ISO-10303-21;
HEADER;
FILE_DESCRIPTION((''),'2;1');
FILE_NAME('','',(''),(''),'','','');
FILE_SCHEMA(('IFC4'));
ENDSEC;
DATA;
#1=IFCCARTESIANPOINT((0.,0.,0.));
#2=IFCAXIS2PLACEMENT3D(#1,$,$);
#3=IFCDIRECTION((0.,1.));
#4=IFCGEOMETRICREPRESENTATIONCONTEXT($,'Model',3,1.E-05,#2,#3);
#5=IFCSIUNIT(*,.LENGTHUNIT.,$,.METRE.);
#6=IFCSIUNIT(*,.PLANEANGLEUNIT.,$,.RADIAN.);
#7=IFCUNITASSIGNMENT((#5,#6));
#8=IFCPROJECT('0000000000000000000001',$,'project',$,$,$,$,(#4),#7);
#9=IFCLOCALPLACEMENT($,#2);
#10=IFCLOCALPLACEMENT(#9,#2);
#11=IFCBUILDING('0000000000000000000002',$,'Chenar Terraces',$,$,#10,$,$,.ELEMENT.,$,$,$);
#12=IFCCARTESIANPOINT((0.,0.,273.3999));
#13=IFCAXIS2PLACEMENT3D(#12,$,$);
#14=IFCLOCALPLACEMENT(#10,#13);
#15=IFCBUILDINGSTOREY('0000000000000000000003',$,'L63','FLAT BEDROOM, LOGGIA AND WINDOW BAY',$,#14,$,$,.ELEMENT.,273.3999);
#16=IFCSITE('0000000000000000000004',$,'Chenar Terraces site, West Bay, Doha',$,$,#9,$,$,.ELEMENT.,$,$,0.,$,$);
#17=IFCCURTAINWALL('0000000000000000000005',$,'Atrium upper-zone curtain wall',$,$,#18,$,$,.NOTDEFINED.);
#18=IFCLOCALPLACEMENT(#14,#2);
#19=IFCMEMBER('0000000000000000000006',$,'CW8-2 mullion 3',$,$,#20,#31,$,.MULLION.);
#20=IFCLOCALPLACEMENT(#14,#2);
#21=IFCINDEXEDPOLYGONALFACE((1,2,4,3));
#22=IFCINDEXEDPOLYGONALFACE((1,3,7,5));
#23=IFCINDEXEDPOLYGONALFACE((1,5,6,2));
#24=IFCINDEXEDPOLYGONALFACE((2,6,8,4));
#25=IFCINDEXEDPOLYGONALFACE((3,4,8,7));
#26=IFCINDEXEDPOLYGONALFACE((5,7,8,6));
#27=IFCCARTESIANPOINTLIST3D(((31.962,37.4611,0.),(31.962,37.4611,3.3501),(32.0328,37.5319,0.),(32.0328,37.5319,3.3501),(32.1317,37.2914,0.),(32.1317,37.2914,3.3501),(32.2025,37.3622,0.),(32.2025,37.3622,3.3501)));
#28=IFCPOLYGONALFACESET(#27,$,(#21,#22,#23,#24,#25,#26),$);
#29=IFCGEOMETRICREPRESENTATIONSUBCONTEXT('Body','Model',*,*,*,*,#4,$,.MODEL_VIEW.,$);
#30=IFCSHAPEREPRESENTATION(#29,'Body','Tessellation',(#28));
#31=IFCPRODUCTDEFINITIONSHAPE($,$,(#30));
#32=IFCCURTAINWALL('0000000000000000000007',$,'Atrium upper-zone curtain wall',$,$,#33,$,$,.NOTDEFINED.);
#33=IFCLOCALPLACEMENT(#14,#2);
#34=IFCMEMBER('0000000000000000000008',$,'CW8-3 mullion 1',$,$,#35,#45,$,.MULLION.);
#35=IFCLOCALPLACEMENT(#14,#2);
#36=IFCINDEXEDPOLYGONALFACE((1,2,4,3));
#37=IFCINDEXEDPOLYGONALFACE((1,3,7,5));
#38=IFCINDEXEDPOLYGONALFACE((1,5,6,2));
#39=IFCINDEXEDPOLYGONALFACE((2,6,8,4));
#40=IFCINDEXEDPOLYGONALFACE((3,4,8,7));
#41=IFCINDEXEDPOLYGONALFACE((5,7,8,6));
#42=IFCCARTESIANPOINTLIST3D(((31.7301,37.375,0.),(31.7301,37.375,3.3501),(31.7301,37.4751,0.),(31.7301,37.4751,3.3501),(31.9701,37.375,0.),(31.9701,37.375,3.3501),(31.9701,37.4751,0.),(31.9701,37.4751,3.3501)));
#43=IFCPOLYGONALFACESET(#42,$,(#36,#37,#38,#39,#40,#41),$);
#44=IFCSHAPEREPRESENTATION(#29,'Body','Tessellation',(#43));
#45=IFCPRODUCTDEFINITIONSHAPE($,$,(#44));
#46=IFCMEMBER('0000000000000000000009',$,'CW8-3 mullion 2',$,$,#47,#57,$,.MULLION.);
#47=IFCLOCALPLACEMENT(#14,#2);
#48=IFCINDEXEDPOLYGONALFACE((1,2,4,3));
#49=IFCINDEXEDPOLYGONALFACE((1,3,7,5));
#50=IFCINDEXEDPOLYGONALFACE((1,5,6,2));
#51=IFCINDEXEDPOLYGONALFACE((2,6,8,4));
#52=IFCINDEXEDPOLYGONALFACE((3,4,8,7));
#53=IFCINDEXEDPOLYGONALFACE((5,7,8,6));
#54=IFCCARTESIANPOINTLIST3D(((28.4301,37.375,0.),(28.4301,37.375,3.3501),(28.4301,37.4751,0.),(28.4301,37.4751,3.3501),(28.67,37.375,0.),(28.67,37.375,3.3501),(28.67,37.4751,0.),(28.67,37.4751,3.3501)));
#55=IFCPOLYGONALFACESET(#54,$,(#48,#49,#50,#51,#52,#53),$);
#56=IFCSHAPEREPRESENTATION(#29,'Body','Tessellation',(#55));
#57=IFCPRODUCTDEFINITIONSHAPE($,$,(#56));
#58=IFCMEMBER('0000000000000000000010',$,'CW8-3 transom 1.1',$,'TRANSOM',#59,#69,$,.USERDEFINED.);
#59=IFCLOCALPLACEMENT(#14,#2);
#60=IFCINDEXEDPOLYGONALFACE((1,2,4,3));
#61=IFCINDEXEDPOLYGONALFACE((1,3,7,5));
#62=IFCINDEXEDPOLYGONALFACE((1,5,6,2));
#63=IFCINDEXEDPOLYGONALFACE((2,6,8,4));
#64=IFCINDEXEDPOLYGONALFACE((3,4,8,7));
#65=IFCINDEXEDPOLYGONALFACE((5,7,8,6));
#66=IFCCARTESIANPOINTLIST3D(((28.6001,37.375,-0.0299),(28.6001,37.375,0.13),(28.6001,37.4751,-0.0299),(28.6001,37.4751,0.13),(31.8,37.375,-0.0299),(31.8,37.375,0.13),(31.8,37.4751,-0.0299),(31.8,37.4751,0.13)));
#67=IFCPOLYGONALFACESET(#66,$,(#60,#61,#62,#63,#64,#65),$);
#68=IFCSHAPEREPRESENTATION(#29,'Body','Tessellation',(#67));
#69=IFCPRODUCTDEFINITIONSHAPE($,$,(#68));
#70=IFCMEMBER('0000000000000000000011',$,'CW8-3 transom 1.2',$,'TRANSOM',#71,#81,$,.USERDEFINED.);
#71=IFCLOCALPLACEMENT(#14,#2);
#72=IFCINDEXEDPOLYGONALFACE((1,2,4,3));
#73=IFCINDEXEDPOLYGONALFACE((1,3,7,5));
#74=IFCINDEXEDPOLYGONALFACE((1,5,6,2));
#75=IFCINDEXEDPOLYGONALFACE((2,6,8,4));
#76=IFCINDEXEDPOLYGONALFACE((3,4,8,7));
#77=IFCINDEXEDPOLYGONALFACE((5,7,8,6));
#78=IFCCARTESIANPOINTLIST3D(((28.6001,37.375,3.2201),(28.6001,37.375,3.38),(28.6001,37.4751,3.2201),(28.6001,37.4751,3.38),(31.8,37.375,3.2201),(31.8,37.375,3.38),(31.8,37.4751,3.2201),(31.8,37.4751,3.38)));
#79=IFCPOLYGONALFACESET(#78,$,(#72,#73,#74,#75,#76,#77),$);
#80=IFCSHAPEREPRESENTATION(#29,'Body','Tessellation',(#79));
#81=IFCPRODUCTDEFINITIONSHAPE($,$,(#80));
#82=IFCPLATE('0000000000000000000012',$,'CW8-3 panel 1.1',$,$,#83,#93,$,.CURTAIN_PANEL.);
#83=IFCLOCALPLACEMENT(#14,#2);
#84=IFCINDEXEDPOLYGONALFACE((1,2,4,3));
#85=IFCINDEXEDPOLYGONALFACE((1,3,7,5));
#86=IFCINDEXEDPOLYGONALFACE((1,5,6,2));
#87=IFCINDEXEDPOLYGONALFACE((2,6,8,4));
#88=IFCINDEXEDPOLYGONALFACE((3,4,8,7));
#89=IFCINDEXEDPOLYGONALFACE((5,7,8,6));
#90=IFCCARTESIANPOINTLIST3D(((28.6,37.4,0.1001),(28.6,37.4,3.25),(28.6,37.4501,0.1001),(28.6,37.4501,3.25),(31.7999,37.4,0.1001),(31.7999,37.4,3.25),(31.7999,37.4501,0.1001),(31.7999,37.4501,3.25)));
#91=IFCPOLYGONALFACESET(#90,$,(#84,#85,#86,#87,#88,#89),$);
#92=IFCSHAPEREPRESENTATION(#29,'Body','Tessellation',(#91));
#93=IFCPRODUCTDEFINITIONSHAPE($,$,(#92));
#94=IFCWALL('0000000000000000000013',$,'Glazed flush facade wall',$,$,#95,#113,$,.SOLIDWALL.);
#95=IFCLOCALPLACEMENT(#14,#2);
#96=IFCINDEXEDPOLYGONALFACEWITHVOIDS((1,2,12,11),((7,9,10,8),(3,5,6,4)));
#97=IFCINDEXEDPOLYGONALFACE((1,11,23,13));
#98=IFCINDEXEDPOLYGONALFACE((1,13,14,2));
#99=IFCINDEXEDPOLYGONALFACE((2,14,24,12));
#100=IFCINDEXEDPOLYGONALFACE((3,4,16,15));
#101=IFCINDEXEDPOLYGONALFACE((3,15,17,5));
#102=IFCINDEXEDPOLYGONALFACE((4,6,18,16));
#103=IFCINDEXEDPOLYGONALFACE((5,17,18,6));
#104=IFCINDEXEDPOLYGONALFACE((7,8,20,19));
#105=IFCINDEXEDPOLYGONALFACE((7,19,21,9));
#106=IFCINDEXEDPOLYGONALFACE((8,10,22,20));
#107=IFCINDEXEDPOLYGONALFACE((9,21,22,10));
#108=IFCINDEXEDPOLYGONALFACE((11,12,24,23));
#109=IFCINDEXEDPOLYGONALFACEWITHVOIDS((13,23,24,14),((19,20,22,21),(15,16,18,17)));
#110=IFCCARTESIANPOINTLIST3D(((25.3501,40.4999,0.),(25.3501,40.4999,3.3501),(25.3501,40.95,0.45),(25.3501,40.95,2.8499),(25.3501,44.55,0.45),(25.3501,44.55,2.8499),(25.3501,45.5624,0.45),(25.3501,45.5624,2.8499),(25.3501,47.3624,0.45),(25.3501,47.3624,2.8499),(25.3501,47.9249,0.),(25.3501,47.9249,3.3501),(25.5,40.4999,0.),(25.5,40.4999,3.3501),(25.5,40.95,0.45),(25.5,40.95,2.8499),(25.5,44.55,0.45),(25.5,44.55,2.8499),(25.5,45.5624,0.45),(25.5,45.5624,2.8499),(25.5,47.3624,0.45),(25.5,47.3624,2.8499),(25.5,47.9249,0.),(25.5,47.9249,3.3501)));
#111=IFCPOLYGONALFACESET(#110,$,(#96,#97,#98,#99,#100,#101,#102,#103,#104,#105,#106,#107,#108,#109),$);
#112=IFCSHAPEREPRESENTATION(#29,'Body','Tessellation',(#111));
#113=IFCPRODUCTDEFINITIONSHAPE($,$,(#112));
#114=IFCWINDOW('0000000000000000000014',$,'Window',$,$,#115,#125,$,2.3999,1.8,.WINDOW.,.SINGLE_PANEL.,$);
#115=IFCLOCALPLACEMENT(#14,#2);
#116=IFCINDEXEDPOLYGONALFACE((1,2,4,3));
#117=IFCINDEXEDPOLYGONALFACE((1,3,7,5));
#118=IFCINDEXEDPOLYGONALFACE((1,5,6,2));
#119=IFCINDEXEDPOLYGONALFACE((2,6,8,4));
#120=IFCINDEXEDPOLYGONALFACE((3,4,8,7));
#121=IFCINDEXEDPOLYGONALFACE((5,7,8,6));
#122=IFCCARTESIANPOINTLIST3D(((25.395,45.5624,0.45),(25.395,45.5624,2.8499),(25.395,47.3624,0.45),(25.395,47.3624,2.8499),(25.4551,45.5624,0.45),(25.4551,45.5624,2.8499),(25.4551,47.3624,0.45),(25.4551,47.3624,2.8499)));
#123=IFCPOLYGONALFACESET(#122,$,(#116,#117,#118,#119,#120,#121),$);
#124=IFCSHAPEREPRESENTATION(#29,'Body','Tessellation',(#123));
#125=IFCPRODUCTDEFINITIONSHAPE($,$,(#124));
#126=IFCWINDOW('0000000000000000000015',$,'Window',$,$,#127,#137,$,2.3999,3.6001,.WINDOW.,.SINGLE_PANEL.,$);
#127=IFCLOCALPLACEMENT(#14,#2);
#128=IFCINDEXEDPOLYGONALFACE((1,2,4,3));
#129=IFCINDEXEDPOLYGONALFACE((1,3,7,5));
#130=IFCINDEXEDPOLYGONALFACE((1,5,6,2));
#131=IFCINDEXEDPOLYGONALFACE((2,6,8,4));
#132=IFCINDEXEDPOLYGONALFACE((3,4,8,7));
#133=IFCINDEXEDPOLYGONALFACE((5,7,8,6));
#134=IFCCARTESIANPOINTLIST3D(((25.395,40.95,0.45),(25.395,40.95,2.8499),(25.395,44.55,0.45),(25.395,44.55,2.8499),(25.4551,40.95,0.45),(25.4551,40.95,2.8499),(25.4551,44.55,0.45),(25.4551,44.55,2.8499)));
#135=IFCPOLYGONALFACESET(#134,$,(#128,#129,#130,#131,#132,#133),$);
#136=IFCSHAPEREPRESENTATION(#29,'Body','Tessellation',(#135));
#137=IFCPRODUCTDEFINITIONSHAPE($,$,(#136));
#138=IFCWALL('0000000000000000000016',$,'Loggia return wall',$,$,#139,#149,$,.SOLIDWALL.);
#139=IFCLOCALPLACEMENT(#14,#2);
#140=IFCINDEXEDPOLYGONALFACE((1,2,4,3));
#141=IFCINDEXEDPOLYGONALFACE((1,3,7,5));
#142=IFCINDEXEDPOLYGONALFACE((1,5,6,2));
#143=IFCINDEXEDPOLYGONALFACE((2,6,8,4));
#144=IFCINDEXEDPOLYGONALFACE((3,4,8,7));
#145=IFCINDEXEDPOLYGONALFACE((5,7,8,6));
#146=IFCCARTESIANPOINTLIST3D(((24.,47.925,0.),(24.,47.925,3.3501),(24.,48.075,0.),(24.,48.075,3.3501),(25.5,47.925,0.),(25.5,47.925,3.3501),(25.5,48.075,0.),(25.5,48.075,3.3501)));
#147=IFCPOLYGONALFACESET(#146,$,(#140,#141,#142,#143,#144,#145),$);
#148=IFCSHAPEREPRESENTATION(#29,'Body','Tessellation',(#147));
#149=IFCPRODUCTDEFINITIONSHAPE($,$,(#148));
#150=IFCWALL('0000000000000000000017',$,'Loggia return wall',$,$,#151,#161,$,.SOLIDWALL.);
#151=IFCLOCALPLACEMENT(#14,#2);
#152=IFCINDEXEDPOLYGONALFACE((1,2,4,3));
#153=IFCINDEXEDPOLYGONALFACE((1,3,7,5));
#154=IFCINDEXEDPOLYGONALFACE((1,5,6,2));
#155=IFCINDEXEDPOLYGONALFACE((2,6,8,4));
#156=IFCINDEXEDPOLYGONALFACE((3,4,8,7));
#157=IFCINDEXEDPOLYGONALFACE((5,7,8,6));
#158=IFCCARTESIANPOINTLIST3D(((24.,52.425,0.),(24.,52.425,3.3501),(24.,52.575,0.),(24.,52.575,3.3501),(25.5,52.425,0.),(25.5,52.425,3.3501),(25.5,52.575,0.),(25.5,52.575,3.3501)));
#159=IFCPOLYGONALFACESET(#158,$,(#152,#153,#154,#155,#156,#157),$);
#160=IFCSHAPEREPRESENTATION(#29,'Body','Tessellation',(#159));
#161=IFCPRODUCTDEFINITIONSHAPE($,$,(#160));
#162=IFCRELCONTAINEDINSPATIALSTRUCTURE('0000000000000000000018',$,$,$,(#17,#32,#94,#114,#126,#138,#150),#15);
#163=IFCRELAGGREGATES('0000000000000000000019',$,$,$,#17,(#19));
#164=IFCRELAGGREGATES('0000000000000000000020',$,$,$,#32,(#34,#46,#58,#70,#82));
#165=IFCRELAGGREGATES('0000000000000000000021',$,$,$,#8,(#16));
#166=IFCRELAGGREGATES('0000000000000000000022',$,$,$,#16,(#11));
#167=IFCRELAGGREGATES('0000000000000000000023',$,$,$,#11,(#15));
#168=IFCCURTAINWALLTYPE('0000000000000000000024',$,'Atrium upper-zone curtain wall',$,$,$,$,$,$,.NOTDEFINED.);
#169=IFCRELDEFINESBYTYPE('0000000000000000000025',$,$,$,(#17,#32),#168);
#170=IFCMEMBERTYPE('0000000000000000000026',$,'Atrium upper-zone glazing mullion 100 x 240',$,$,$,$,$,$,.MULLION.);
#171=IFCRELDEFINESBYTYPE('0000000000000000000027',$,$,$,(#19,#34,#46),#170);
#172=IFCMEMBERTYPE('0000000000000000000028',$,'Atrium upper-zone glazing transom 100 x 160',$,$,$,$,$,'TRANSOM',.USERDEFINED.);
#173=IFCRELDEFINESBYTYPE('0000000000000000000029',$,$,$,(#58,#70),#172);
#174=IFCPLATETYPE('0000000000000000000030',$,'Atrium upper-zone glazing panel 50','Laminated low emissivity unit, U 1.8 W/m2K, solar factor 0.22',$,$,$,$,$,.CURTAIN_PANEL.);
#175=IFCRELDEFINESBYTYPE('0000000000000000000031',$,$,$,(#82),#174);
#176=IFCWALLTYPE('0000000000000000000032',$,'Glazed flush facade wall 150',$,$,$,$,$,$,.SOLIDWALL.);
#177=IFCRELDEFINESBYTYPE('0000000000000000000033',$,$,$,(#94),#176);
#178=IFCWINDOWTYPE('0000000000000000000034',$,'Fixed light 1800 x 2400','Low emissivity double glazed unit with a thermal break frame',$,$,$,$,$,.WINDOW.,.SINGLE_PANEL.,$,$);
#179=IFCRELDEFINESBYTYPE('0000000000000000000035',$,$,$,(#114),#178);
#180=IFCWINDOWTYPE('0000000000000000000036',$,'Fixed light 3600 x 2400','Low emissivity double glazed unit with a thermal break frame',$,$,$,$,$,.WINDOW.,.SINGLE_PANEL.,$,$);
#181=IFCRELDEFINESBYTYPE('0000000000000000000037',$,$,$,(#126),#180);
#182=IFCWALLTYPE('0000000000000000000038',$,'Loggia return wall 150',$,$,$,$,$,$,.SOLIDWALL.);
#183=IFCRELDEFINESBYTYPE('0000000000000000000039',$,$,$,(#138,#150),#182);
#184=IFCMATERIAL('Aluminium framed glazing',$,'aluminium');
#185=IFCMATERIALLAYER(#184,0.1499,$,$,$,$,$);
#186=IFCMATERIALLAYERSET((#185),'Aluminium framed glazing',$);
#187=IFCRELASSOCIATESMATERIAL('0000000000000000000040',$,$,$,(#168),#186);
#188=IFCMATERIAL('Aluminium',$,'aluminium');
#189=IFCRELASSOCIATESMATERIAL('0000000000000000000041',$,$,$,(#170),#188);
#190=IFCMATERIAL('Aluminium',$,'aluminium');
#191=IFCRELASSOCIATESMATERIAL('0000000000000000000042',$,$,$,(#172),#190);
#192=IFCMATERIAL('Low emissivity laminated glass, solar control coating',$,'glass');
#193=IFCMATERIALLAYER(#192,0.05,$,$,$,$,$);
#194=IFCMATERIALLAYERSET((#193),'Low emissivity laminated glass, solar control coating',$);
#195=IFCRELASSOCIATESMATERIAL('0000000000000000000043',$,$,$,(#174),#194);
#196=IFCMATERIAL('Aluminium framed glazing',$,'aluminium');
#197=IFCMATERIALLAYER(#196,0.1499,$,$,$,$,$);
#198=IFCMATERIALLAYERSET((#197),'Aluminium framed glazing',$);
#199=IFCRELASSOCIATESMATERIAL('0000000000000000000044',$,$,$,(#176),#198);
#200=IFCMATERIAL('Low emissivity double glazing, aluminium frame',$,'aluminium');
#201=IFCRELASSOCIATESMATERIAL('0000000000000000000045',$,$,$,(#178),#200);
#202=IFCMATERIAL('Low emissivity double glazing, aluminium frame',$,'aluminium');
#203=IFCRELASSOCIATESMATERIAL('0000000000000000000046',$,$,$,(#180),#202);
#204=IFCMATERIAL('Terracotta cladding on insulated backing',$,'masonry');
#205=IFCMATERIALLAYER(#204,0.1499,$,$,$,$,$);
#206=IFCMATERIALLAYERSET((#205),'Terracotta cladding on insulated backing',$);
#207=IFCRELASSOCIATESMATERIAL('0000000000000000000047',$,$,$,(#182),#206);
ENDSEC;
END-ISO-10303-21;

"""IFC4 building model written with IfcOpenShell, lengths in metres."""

from ifc_helpers import new_model, si_unit, direction, frame, frame_2d, origin, origin_2d, place, context, subcontext, project, spatial, rectangle, extrude, material, layer, layer_set, material_profile, profile_set, type_object, element, fill, aggregate, save


model = new_model("IFC4")

# Units and contexts
model_context = context("Model", 3, precision=1e-05, world=origin(), true_north=direction((0.0, 1.0)))
body_context = subcontext(model_context, "Body", "Model", "MODEL_VIEW")
ifc_project = project(units=[si_unit("LENGTHUNIT", "METRE"), si_unit("PLANEANGLEUNIT", "RADIAN")], contexts=[model_context])

# Site, building, storey
site_placement = place(None, origin())
site = spatial("IfcSite", under=ifc_project, at=site_placement, Name="Chenar Terraces site, West Bay, Doha", CompositionType="ELEMENT", RefElevation=0.0)
building_placement = place(site_placement, origin())
building = spatial("IfcBuilding", under=site, at=building_placement, Name="Chenar Terraces", CompositionType="ELEMENT")
storey_placement = place(building_placement, frame((0.0, 0.0, 273.3999)))
storey = spatial("IfcBuildingStorey", under=building, at=storey_placement, Name="L63", Description="FLAT BEDROOM, LOGGIA AND WINDOW BAY", CompositionType="ELEMENT", Elevation=273.3999)

# Curtain wall, member
ifc_material_1 = material(Name="Aluminium framed glazing", Category="aluminium")
ifc_layer_1 = layer(ifc_material_1, 0.1499)
ifc_layer_set_1 = layer_set([ifc_layer_1], Name="Aluminium framed glazing")
curtain_wall_type = type_object("IfcCurtainWallType", Name="Atrium upper-zone curtain wall", PredefinedType="NOTDEFINED", material=ifc_layer_set_1)
placement = place(storey_placement, origin())
curtain_wall_1 = element("IfcCurtainWall", 1, at=placement, inside=storey, type_object=curtain_wall_type, Name="Atrium upper-zone curtain wall", PredefinedType="NOTDEFINED")
ifc_material_2 = material(Name="Aluminium", Category="aluminium")
ifc_material_profile_1 = material_profile(ifc_material_2, rectangle(XDim=0.1001, YDim=0.24, at=origin_2d()), Name="Atrium upper-zone glazing mullion 100 x 240")
ifc_profile_set_1 = profile_set([ifc_material_profile_1], Name="Aluminium")
member_type_1 = type_object("IfcMemberType", Name="Atrium upper-zone glazing mullion 100 x 240", PredefinedType="MULLION", material=ifc_profile_set_1)
member_1_placement = place(storey_placement, frame((32.0823, 37.4116, 0.0), z_axis=(0.0, 0.0, 1.0), x_axis=(-0.707107, -0.707107, 0.0)))
member_1 = element("IfcMember", 2, at=member_1_placement, type_object=member_type_1, Name="CW8-2 mullion 3", PredefinedType="MULLION", context=body_context, shape_type="SweptSolid", body=[
    extrude(rectangle(XDim=0.1001, YDim=0.24, at=origin_2d()), origin(), (0.0, 0.0, 1.0), 3.3501),
])
aggregate(curtain_wall_1, [member_1])

# Curtain wall, members, plate
curtain_wall_2 = element("IfcCurtainWall", 3, at=placement, inside=storey, type_object=curtain_wall_type, Name="Atrium upper-zone curtain wall", PredefinedType="NOTDEFINED")
member_2_placement = place(storey_placement, frame((31.8501, 37.425, 0.0), z_axis=(0.0, 0.0, 1.0), x_axis=(0.0, -1.0, 0.0)))
member_2 = element("IfcMember", 4, at=member_2_placement, type_object=member_type_1, Name="CW8-3 mullion 1", PredefinedType="MULLION", context=body_context, shape_type="SweptSolid", body=[
    extrude(rectangle(XDim=0.1001, YDim=0.24, at=origin_2d()), origin(), (0.0, 0.0, 1.0), 3.3501),
])
member_3_placement = place(storey_placement, frame((28.55, 37.425, 0.0), z_axis=(0.0, 0.0, 1.0), x_axis=(0.0, -1.0, 0.0)))
member_3 = element("IfcMember", 5, at=member_3_placement, type_object=member_type_1, Name="CW8-3 mullion 2", PredefinedType="MULLION", context=body_context, shape_type="SweptSolid", body=[
    extrude(rectangle(XDim=0.1001, YDim=0.24, at=origin_2d()), origin(), (0.0, 0.0, 1.0), 3.3501),
])
ifc_material_3 = material(Name="Aluminium", Category="aluminium")
ifc_material_profile_2 = material_profile(ifc_material_3, rectangle(XDim=0.1001, YDim=0.1599, at=origin_2d()), Name="Atrium upper-zone glazing transom 100 x 160")
ifc_profile_set_2 = profile_set([ifc_material_profile_2], Name="Aluminium")
member_type_2 = type_object("IfcMemberType", Name="Atrium upper-zone glazing transom 100 x 160", ElementType="TRANSOM", PredefinedType="USERDEFINED", material=ifc_profile_set_2)
member_4_placement = place(storey_placement, frame((31.8, 37.425, 0.05), z_axis=(-1.0, 0.0, 0.0), x_axis=(0.0, -1.0, 0.0)))
member_4 = element("IfcMember", 6, at=member_4_placement, type_object=member_type_2, Name="CW8-3 transom 1.1", ObjectType="TRANSOM", PredefinedType="USERDEFINED", context=body_context, shape_type="SweptSolid", body=[
    extrude(rectangle(XDim=0.1001, YDim=0.1599, at=origin_2d()), origin(), (0.0, 0.0, 1.0), 3.2),
])
member_5_placement = place(storey_placement, frame((31.8, 37.425, 3.3), z_axis=(-1.0, 0.0, 0.0), x_axis=(0.0, -1.0, 0.0)))
member_5 = element("IfcMember", 7, at=member_5_placement, type_object=member_type_2, Name="CW8-3 transom 1.2", ObjectType="TRANSOM", PredefinedType="USERDEFINED", context=body_context, shape_type="SweptSolid", body=[
    extrude(rectangle(XDim=0.1001, YDim=0.1599, at=origin_2d()), origin(), (0.0, 0.0, 1.0), 3.2),
])
ifc_material_4 = material(Name="Low emissivity laminated glass, solar control coating", Category="glass")
ifc_layer_2 = layer(ifc_material_4, 0.05)
ifc_layer_set_2 = layer_set([ifc_layer_2], Name="Low emissivity laminated glass, solar control coating")
plate_type = type_object("IfcPlateType", Name="Atrium upper-zone glazing panel 50", Description="Laminated low emissivity unit, U 1.8 W/m2K, solar factor 0.22", PredefinedType="CURTAIN_PANEL", material=ifc_layer_set_2)
plate_placement = place(storey_placement, frame((30.2, 37.425, 0.1001), z_axis=(0.0, 0.0, 1.0), x_axis=(-1.0, 0.0, 0.0)))
plate = element("IfcPlate", 8, at=plate_placement, type_object=plate_type, Name="CW8-3 panel 1.1", PredefinedType="CURTAIN_PANEL", context=body_context, shape_type="SweptSolid", body=[
    extrude(rectangle(XDim=3.2, YDim=0.05, at=origin_2d()), origin(), (0.0, 0.0, 1.0), 3.1499),
])
aggregate(curtain_wall_2, [member_2, member_3, member_4, member_5, plate])

# Wall, openings, windows
ifc_material_5 = material(Name="Aluminium framed glazing", Category="aluminium")
ifc_layer_3 = layer(ifc_material_5, 0.1499)
ifc_layer_set_3 = layer_set([ifc_layer_3], Name="Aluminium framed glazing")
wall_type_1 = type_object("IfcWallType", Name="Glazed flush facade wall 150", PredefinedType="SOLIDWALL", material=ifc_layer_set_3)
wall_1_placement = place(storey_placement, frame((25.425, 40.5, 0.0), z_axis=(0.0, 0.0, 1.0), x_axis=(0.0, 1.0, 0.0)))
wall_1 = element("IfcWall", 9, at=wall_1_placement, inside=storey, type_object=wall_type_1, Name="Glazed flush facade wall", PredefinedType="SOLIDWALL", context=body_context, shape_type="SweptSolid", body=[
    extrude(rectangle(XDim=7.425, YDim=0.1499, at=frame_2d((3.7124, 0.0))), origin(), (0.0, 0.0, 1.0), 3.3501),
])
opening_1_placement = place(wall_1_placement, frame((0.45, 0.0, 0.45)))
opening_1 = element("IfcOpeningElement", 10, at=opening_1_placement, cuts=wall_1, PredefinedType="OPENING", context=body_context, shape_type="SweptSolid", body=[
    extrude(rectangle(XDim=3.6001, YDim=2.3999, at=frame_2d((1.8, 1.2))), frame((0.0, 0.085, 0.0), z_axis=(0.0, -1.0, 0.0), x_axis=(1.0, 0.0, 0.0)), (0.0, 0.0, 1.0), 0.1699),
])
opening_2_placement = place(wall_1_placement, frame((5.0625, 0.0, 0.45)))
opening_2 = element("IfcOpeningElement", 11, at=opening_2_placement, cuts=wall_1, PredefinedType="OPENING", context=body_context, shape_type="SweptSolid", body=[
    extrude(rectangle(XDim=1.8, YDim=2.3999, at=frame_2d((0.8999, 1.2))), frame((0.0, 0.085, 0.0), z_axis=(0.0, -1.0, 0.0), x_axis=(1.0, 0.0, 0.0)), (0.0, 0.0, 1.0), 0.1699),
])
ifc_material_6 = material(Name="Low emissivity double glazing, aluminium frame", Category="aluminium")
window_type_1 = type_object("IfcWindowType", Name="Fixed light 1800 x 2400", Description="Low emissivity double glazed unit with a thermal break frame", PartitioningType="SINGLE_PANEL", PredefinedType="WINDOW", material=ifc_material_6)
window_1_placement = place(opening_2_placement, origin())
window_1 = element("IfcWindow", 12, at=window_1_placement, inside=storey, type_object=window_type_1, Name="Window", OverallHeight=2.3999, OverallWidth=1.8, PartitioningType="SINGLE_PANEL", PredefinedType="WINDOW", context=body_context, shape_type="SweptSolid", body=[
    extrude(rectangle(XDim=1.8, YDim=2.3999, at=frame_2d((0.8999, 1.2))), frame((0.0, 0.03, 0.0), z_axis=(0.0, -1.0, 0.0), x_axis=(1.0, 0.0, 0.0)), (0.0, 0.0, 1.0), 0.0601),
])
fill(opening_2, window_1)
ifc_material_7 = material(Name="Low emissivity double glazing, aluminium frame", Category="aluminium")
window_type_2 = type_object("IfcWindowType", Name="Fixed light 3600 x 2400", Description="Low emissivity double glazed unit with a thermal break frame", PartitioningType="SINGLE_PANEL", PredefinedType="WINDOW", material=ifc_material_7)
window_2_placement = place(opening_1_placement, origin())
window_2 = element("IfcWindow", 13, at=window_2_placement, inside=storey, type_object=window_type_2, Name="Window", OverallHeight=2.3999, OverallWidth=3.6001, PartitioningType="SINGLE_PANEL", PredefinedType="WINDOW", context=body_context, shape_type="SweptSolid", body=[
    extrude(rectangle(XDim=3.6001, YDim=2.3999, at=frame_2d((1.8, 1.2))), frame((0.0, 0.03, 0.0), z_axis=(0.0, -1.0, 0.0), x_axis=(1.0, 0.0, 0.0)), (0.0, 0.0, 1.0), 0.0601),
])
fill(opening_1, window_2)

# Walls
ifc_material_8 = material(Name="Terracotta cladding on insulated backing", Category="masonry")
ifc_layer_4 = layer(ifc_material_8, 0.1499)
ifc_layer_set_4 = layer_set([ifc_layer_4], Name="Terracotta cladding on insulated backing")
wall_type_2 = type_object("IfcWallType", Name="Loggia return wall 150", PredefinedType="SOLIDWALL", material=ifc_layer_set_4)
for number, where, z_axis, x_axis, name in (
    (14, (25.5, 48.0, 0.0), (0.0, 0.0, 1.0), (-1.0, 0.0, 0.0), "Loggia return wall"),
    (15, (25.5, 52.5, 0.0), (0.0, 0.0, 1.0), (-1.0, 0.0, 0.0), "Loggia return wall"),
):
    element("IfcWall", number, at=place(storey_placement, frame(where, z_axis=z_axis, x_axis=x_axis)), inside=storey, type_object=wall_type_2, Name=name, PredefinedType="SOLIDWALL", context=body_context, shape_type="SweptSolid", body=[
        extrude(rectangle(XDim=1.5, YDim=0.1499, at=frame_2d((0.75, 0.0))), origin(), (0.0, 0.0, 1.0), 3.3501),
    ])

save(model, "model.ifc")
